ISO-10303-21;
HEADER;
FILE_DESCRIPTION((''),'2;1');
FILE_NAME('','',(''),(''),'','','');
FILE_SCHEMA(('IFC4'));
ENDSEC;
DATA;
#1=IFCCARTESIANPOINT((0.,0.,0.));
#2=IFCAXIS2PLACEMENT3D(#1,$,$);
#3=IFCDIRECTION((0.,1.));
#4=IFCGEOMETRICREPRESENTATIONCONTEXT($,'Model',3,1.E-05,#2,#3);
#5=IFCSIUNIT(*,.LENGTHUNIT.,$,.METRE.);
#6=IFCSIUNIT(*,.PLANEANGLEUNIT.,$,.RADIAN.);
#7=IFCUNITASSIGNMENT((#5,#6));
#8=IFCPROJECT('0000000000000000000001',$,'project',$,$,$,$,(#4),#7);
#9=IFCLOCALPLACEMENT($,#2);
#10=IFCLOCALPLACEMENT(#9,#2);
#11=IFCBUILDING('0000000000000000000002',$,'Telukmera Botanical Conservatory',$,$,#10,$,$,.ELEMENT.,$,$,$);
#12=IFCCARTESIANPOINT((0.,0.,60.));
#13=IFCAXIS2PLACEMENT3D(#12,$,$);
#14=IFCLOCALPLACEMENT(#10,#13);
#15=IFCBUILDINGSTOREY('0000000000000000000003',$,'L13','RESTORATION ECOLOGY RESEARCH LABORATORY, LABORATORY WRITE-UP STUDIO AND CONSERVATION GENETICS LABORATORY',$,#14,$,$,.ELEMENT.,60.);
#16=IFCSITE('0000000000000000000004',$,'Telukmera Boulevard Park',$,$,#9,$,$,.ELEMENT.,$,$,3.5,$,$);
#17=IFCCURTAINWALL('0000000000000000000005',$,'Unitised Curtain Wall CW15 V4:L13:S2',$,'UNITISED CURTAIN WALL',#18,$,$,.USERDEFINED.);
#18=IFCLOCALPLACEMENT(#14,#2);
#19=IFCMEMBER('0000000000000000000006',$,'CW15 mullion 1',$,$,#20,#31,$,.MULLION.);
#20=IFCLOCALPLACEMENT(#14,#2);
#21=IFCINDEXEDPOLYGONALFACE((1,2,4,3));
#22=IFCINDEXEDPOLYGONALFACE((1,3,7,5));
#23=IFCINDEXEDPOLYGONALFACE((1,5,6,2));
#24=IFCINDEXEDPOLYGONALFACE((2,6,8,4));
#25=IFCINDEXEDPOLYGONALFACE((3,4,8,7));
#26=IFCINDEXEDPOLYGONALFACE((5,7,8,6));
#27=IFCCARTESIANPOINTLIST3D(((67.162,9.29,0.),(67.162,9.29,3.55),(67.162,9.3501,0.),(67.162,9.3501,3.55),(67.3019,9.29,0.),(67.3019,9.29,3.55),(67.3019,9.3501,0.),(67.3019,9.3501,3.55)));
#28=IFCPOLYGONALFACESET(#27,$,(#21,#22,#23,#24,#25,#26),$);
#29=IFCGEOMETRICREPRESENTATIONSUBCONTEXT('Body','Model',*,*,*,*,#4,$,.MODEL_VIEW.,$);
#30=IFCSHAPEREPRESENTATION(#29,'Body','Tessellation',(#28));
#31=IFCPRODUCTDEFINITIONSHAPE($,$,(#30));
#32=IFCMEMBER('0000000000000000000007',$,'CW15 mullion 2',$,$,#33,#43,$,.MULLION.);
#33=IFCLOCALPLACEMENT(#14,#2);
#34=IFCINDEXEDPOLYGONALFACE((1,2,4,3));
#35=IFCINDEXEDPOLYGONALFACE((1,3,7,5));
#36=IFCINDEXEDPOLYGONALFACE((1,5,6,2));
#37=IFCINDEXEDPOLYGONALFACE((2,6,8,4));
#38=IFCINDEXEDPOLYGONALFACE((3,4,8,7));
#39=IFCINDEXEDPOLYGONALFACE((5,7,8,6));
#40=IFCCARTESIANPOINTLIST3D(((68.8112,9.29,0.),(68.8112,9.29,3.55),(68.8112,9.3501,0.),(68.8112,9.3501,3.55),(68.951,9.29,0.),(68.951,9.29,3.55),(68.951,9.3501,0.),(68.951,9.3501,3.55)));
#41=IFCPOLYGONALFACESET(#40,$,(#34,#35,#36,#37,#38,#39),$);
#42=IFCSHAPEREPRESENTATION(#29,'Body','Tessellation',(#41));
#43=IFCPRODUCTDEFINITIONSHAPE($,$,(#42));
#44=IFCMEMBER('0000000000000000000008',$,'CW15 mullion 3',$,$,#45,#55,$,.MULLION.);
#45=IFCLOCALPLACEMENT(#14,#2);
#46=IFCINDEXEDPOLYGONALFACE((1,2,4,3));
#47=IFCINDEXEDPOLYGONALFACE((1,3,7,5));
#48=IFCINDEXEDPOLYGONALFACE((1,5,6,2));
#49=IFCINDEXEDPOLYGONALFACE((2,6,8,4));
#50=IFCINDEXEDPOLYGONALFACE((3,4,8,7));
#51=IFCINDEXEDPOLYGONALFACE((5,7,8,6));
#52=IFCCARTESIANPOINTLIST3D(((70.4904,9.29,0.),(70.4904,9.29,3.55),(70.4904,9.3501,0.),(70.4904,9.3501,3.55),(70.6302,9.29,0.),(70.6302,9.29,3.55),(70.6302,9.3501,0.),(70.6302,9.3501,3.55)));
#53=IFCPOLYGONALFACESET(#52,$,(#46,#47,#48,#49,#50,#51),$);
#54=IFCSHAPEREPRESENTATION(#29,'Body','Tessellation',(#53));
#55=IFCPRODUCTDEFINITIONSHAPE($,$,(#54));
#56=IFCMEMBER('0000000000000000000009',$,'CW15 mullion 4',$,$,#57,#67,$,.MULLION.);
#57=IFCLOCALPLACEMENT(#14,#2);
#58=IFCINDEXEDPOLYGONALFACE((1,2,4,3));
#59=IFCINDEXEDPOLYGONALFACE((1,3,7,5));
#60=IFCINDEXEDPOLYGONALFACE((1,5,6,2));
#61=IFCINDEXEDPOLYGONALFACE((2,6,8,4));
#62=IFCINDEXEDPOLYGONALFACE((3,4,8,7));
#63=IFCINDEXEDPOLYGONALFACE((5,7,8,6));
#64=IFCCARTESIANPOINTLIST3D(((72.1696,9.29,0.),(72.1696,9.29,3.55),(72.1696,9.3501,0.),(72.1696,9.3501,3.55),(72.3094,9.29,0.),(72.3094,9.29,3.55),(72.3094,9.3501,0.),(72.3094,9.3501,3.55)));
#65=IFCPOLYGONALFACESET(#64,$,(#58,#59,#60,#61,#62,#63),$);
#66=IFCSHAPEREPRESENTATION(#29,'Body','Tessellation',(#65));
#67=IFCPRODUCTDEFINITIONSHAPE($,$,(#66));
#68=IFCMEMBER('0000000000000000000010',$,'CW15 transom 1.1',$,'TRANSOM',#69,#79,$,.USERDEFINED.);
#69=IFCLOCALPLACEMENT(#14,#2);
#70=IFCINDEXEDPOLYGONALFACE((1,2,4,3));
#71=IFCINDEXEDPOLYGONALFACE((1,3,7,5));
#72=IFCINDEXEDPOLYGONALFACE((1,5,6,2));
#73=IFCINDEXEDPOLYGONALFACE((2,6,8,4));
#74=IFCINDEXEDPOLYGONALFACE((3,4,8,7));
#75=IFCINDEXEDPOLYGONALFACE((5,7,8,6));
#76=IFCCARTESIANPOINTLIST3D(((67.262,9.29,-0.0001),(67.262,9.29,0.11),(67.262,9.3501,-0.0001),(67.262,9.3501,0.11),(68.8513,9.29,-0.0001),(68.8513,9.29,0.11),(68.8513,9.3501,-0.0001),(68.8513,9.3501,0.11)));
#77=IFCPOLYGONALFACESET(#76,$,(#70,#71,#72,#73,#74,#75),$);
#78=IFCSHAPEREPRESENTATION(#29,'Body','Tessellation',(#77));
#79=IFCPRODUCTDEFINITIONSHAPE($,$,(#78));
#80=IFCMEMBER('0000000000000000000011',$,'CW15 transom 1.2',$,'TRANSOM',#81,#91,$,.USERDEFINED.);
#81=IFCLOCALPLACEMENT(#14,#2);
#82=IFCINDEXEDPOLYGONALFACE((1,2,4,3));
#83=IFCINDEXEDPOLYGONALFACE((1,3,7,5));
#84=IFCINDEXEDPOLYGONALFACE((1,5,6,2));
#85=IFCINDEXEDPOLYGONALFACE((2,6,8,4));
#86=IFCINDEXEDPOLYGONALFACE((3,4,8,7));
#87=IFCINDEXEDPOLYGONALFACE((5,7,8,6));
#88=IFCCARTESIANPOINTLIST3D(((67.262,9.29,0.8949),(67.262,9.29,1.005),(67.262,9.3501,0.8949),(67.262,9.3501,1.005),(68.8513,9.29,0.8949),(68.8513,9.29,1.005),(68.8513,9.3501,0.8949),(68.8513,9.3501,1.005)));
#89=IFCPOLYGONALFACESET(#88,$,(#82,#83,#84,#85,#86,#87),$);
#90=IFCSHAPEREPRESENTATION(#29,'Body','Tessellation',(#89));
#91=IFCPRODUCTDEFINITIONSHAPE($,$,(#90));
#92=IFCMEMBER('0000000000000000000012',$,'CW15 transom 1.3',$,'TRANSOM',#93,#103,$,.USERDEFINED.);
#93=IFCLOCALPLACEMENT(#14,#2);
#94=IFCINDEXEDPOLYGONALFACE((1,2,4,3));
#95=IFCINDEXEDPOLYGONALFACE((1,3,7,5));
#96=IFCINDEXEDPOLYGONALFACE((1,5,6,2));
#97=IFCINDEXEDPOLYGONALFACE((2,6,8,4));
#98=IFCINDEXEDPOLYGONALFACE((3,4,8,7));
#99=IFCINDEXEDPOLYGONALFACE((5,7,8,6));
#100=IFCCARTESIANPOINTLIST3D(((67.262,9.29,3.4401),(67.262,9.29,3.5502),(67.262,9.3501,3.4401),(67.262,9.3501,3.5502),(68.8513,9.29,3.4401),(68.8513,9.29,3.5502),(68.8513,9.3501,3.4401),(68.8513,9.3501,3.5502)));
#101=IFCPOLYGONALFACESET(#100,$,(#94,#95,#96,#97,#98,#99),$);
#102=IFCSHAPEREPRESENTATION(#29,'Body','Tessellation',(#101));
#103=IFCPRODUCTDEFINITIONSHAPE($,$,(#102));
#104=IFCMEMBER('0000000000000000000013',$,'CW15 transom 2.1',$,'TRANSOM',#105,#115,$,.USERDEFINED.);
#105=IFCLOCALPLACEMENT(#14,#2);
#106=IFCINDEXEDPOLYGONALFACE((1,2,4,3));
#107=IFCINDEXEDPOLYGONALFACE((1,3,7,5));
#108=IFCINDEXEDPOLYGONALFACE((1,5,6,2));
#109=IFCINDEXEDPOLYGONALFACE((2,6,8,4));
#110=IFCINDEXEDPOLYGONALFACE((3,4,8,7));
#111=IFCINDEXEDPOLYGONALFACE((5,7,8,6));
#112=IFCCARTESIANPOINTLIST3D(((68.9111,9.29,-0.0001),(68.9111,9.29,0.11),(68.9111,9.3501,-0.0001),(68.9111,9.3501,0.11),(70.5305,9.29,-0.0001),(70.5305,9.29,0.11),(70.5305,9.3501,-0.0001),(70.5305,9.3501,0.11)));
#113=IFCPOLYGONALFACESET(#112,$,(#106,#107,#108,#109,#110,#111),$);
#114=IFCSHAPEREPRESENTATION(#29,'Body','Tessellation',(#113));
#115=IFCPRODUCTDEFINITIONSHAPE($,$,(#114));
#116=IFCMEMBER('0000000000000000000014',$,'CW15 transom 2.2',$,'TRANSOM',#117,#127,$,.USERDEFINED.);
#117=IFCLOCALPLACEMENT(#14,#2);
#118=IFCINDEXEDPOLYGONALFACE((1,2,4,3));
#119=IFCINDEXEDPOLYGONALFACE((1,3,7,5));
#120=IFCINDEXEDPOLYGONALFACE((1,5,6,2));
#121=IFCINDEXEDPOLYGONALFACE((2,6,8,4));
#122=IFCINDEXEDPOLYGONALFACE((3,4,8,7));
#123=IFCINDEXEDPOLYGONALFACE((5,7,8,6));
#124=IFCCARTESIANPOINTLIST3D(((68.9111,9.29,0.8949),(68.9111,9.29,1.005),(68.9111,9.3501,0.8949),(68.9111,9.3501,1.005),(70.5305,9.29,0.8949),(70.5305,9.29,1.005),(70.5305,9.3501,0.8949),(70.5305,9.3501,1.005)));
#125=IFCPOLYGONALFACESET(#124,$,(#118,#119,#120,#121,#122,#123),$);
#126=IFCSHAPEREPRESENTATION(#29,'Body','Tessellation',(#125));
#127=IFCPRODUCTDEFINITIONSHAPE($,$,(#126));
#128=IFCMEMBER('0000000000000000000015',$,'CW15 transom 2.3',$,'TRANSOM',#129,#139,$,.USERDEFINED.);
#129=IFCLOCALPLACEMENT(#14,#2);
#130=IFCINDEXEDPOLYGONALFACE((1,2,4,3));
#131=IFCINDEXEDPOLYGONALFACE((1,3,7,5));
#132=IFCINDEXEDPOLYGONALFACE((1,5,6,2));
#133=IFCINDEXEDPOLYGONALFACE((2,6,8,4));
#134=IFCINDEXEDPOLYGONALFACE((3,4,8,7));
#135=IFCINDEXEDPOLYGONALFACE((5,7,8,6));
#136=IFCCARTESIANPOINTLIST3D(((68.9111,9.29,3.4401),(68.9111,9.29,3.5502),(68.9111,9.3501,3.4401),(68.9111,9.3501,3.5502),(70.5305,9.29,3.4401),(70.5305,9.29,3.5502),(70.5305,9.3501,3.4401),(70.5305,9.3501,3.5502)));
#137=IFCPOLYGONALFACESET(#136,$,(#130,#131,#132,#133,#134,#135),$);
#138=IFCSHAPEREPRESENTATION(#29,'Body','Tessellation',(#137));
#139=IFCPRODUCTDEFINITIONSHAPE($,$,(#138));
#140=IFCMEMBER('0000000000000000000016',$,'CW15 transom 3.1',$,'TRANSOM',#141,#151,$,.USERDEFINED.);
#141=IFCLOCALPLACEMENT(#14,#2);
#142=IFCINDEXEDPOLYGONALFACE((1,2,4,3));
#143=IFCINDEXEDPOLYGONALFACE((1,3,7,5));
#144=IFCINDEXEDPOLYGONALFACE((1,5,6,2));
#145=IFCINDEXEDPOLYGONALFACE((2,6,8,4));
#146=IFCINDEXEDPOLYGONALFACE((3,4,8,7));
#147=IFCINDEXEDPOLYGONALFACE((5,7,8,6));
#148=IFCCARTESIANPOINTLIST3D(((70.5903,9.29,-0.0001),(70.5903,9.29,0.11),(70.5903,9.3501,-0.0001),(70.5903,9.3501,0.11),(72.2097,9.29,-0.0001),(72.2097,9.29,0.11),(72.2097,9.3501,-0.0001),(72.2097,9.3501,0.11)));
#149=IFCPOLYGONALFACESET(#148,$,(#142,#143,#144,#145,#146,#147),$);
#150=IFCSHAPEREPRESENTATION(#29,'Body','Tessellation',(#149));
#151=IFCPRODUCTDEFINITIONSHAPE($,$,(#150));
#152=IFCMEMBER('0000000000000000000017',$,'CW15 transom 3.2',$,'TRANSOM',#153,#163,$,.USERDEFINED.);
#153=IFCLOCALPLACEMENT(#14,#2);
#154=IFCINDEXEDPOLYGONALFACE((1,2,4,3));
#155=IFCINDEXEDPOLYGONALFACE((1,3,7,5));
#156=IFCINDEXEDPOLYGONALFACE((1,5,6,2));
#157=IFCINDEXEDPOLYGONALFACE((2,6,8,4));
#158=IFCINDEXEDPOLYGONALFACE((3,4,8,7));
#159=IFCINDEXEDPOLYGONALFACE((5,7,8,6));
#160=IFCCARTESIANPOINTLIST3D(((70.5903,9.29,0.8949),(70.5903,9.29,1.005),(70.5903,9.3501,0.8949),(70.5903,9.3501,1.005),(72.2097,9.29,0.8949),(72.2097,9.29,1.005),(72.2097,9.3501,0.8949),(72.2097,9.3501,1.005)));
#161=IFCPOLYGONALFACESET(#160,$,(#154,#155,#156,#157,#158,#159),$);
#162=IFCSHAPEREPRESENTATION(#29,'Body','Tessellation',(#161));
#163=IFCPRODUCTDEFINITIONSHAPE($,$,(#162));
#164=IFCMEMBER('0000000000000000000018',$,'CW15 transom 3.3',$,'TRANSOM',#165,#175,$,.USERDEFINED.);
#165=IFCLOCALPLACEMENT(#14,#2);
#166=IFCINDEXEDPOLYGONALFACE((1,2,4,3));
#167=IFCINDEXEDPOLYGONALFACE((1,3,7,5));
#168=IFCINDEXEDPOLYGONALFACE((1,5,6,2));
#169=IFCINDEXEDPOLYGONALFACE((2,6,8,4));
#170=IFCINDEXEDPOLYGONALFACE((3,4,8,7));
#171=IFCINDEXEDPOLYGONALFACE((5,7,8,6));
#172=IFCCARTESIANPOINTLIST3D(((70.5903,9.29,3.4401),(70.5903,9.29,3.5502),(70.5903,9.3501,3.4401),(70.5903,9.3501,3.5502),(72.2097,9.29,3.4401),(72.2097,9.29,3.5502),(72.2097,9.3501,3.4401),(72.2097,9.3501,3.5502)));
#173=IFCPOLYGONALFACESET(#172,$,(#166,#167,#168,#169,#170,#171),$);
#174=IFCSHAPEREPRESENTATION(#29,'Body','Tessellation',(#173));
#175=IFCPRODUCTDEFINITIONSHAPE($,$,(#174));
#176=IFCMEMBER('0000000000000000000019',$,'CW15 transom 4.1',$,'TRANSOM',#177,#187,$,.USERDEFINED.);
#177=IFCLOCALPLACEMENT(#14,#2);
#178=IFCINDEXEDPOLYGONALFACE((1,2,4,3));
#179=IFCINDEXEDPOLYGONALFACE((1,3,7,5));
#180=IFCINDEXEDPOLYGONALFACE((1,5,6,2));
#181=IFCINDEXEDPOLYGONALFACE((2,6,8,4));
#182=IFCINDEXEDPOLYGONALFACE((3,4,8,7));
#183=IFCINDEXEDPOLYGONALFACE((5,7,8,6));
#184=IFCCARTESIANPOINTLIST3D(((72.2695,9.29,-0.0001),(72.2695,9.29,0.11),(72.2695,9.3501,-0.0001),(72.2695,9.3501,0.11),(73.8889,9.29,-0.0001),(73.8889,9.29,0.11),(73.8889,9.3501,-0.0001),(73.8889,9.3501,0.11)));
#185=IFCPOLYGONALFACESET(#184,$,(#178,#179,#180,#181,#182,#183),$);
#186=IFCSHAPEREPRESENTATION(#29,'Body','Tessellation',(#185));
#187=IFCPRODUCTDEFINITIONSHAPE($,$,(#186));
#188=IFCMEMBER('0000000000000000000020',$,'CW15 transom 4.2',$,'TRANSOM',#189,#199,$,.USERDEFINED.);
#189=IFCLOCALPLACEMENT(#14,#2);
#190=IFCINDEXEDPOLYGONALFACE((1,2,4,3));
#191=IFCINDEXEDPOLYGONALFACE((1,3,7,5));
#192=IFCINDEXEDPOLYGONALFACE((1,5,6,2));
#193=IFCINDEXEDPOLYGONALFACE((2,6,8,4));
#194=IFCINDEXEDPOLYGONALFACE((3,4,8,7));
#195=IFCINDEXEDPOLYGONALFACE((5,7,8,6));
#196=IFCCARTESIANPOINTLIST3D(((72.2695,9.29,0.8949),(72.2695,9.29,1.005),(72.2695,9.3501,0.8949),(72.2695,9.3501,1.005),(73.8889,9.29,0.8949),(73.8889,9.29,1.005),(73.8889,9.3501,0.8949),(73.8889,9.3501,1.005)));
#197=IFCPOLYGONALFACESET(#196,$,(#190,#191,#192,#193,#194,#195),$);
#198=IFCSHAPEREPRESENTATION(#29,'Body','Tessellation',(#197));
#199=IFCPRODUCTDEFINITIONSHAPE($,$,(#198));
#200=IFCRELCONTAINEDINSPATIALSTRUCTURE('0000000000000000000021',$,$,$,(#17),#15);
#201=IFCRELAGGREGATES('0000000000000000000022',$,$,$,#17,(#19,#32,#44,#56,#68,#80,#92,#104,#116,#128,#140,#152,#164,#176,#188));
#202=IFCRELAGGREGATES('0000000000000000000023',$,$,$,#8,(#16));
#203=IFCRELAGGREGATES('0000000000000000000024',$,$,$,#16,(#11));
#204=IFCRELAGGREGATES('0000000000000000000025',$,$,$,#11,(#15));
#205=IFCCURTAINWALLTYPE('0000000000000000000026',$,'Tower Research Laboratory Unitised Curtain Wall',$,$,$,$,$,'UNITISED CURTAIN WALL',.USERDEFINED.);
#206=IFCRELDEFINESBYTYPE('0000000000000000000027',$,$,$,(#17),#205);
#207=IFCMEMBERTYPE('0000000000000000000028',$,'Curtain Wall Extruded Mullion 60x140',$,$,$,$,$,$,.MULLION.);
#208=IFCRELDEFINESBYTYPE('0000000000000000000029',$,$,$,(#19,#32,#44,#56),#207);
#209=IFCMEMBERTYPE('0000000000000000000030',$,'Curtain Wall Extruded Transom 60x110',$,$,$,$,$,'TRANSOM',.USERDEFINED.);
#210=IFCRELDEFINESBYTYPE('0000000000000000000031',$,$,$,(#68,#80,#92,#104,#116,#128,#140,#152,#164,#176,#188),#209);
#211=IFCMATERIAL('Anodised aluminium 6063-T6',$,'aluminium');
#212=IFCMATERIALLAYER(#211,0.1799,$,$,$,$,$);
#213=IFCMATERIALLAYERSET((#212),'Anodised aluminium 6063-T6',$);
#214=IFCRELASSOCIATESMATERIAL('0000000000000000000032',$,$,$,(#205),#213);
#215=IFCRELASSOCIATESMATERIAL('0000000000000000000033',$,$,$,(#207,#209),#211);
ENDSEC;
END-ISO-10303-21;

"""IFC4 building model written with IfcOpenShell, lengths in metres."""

from ifc_helpers import new_model, si_unit, direction, frame, origin, origin_2d, place, context, subcontext, project, spatial, rectangle, extrude, material, layer, layer_set, material_profile, profile_set, type_object, element, aggregate, save


model = new_model("IFC4")

# Units and contexts
model_context = context("Model", 3, precision=1e-05, world=origin(), true_north=direction((0.0, 1.0)))
body_context = subcontext(model_context, "Body", "Model", "MODEL_VIEW")
ifc_project = project(units=[si_unit("LENGTHUNIT", "METRE"), si_unit("PLANEANGLEUNIT", "RADIAN")], contexts=[model_context])

# Site, building, storey
site_placement = place(None, origin())
site = spatial("IfcSite", under=ifc_project, at=site_placement, Name="Telukmera Boulevard Park", CompositionType="ELEMENT", RefElevation=3.5)
building_placement = place(site_placement, origin())
building = spatial("IfcBuilding", under=site, at=building_placement, Name="Telukmera Botanical Conservatory", CompositionType="ELEMENT")
storey_placement = place(building_placement, frame((0.0, 0.0, 60.0)))
storey = spatial("IfcBuildingStorey", under=building, at=storey_placement, Name="L13", Description="RESTORATION ECOLOGY RESEARCH LABORATORY, LABORATORY WRITE-UP STUDIO AND CONSERVATION GENETICS LABORATORY", CompositionType="ELEMENT", Elevation=60.0)

# Curtain wall, members
ifc_material_1 = material(Name="Anodised aluminium 6063-T6", Category="aluminium")
ifc_layer_1 = layer(ifc_material_1, 0.1799)
ifc_layer_set_1 = layer_set([ifc_layer_1], Name="Anodised aluminium 6063-T6")
curtain_wall_type = type_object("IfcCurtainWallType", Name="Tower Research Laboratory Unitised Curtain Wall", ElementType="UNITISED CURTAIN WALL", PredefinedType="USERDEFINED", material=ifc_layer_set_1)
curtain_wall_placement = place(storey_placement, origin())
curtain_wall = element("IfcCurtainWall", 1, at=curtain_wall_placement, inside=storey, type_object=curtain_wall_type, Name="Unitised Curtain Wall CW15 V4:L13:S2", ObjectType="UNITISED CURTAIN WALL", PredefinedType="USERDEFINED")
ifc_material_profile_1 = material_profile(ifc_material_1, rectangle(XDim=0.0601, YDim=0.1399, at=origin_2d()), Name="ALU MULL 60x140")
ifc_profile_set_1 = profile_set([ifc_material_profile_1], Name="Anodised aluminium 6063-T6")
member_type_1 = type_object("IfcMemberType", Name="Curtain Wall Extruded Mullion 60x140", PredefinedType="MULLION", material=ifc_profile_set_1)
member_1_placement = place(storey_placement, frame((67.2319, 9.3201, 0.0), z_axis=(0.0, 0.0, 1.0), x_axis=(0.0, 1.0, 0.0)))
member_1 = element("IfcMember", 2, at=member_1_placement, type_object=member_type_1, Name="CW15 mullion 1", PredefinedType="MULLION", context=body_context, shape_type="SweptSolid", body=[
    extrude(rectangle(XDim=0.0601, YDim=0.1399, at=origin_2d()), origin(), (0.0, 0.0, 1.0), 3.55),
])
member_2_placement = place(storey_placement, frame((68.8811, 9.3201, 0.0), z_axis=(0.0, 0.0, 1.0), x_axis=(0.0, 1.0, 0.0)))
member_2 = element("IfcMember", 3, at=member_2_placement, type_object=member_type_1, Name="CW15 mullion 2", PredefinedType="MULLION", context=body_context, shape_type="SweptSolid", body=[
    extrude(rectangle(XDim=0.0601, YDim=0.1399, at=origin_2d()), origin(), (0.0, 0.0, 1.0), 3.55),
])
member_3_placement = place(storey_placement, frame((70.5603, 9.3201, 0.0), z_axis=(0.0, 0.0, 1.0), x_axis=(0.0, 1.0, 0.0)))
member_3 = element("IfcMember", 4, at=member_3_placement, type_object=member_type_1, Name="CW15 mullion 3", PredefinedType="MULLION", context=body_context, shape_type="SweptSolid", body=[
    extrude(rectangle(XDim=0.0601, YDim=0.1399, at=origin_2d()), origin(), (0.0, 0.0, 1.0), 3.55),
])
member_4_placement = place(storey_placement, frame((72.2395, 9.3201, 0.0), z_axis=(0.0, 0.0, 1.0), x_axis=(0.0, 1.0, 0.0)))
member_4 = element("IfcMember", 5, at=member_4_placement, type_object=member_type_1, Name="CW15 mullion 4", PredefinedType="MULLION", context=body_context, shape_type="SweptSolid", body=[
    extrude(rectangle(XDim=0.0601, YDim=0.1399, at=origin_2d()), origin(), (0.0, 0.0, 1.0), 3.55),
])
ifc_material_profile_2 = material_profile(ifc_material_1, rectangle(XDim=0.0601, YDim=0.1101, at=origin_2d()), Name="ALU TRAN 60x110")
ifc_profile_set_2 = profile_set([ifc_material_profile_2], Name="Anodised aluminium 6063-T6")
member_type_2 = type_object("IfcMemberType", Name="Curtain Wall Extruded Transom 60x110", ElementType="TRANSOM", PredefinedType="USERDEFINED", material=ifc_profile_set_2)
member_5_placement = place(storey_placement, frame((67.262, 9.3201, 0.0549), z_axis=(1.0, 0.0, 0.0), x_axis=(0.0, 1.0, 0.0)))
member_5 = element("IfcMember", 6, at=member_5_placement, type_object=member_type_2, Name="CW15 transom 1.1", ObjectType="TRANSOM", PredefinedType="USERDEFINED", context=body_context, shape_type="SweptSolid", body=[
    extrude(rectangle(XDim=0.0601, YDim=0.1101, at=origin_2d()), origin(), (0.0, 0.0, 1.0), 1.5894),
])
member_6_placement = place(storey_placement, frame((67.262, 9.3201, 0.95), z_axis=(1.0, 0.0, 0.0), x_axis=(0.0, 1.0, 0.0)))
member_6 = element("IfcMember", 7, at=member_6_placement, type_object=member_type_2, Name="CW15 transom 1.2", ObjectType="TRANSOM", PredefinedType="USERDEFINED", context=body_context, shape_type="SweptSolid", body=[
    extrude(rectangle(XDim=0.0601, YDim=0.1101, at=origin_2d()), origin(), (0.0, 0.0, 1.0), 1.5894),
])
member_7_placement = place(storey_placement, frame((67.262, 9.3201, 3.4951), z_axis=(1.0, 0.0, 0.0), x_axis=(0.0, 1.0, 0.0)))
member_7 = element("IfcMember", 8, at=member_7_placement, type_object=member_type_2, Name="CW15 transom 1.3", ObjectType="TRANSOM", PredefinedType="USERDEFINED", context=body_context, shape_type="SweptSolid", body=[
    extrude(rectangle(XDim=0.0601, YDim=0.1101, at=origin_2d()), origin(), (0.0, 0.0, 1.0), 1.5894),
])
member_8_placement = place(storey_placement, frame((68.9111, 9.3201, 0.0549), z_axis=(1.0, 0.0, 0.0), x_axis=(0.0, 1.0, 0.0)))
member_8 = element("IfcMember", 9, at=member_8_placement, type_object=member_type_2, Name="CW15 transom 2.1", ObjectType="TRANSOM", PredefinedType="USERDEFINED", context=body_context, shape_type="SweptSolid", body=[
    extrude(rectangle(XDim=0.0601, YDim=0.1101, at=origin_2d()), origin(), (0.0, 0.0, 1.0), 1.6194),
])
member_9_placement = place(storey_placement, frame((68.9111, 9.3201, 0.95), z_axis=(1.0, 0.0, 0.0), x_axis=(0.0, 1.0, 0.0)))
member_9 = element("IfcMember", 10, at=member_9_placement, type_object=member_type_2, Name="CW15 transom 2.2", ObjectType="TRANSOM", PredefinedType="USERDEFINED", context=body_context, shape_type="SweptSolid", body=[
    extrude(rectangle(XDim=0.0601, YDim=0.1101, at=origin_2d()), origin(), (0.0, 0.0, 1.0), 1.6194),
])
member_10_placement = place(storey_placement, frame((68.9111, 9.3201, 3.4951), z_axis=(1.0, 0.0, 0.0), x_axis=(0.0, 1.0, 0.0)))
member_10 = element("IfcMember", 11, at=member_10_placement, type_object=member_type_2, Name="CW15 transom 2.3", ObjectType="TRANSOM", PredefinedType="USERDEFINED", context=body_context, shape_type="SweptSolid", body=[
    extrude(rectangle(XDim=0.0601, YDim=0.1101, at=origin_2d()), origin(), (0.0, 0.0, 1.0), 1.6194),
])
member_11_placement = place(storey_placement, frame((70.5903, 9.3201, 0.0549), z_axis=(1.0, 0.0, 0.0), x_axis=(0.0, 1.0, 0.0)))
member_11 = element("IfcMember", 12, at=member_11_placement, type_object=member_type_2, Name="CW15 transom 3.1", ObjectType="TRANSOM", PredefinedType="USERDEFINED", context=body_context, shape_type="SweptSolid", body=[
    extrude(rectangle(XDim=0.0601, YDim=0.1101, at=origin_2d()), origin(), (0.0, 0.0, 1.0), 1.6194),
])
member_12_placement = place(storey_placement, frame((70.5903, 9.3201, 0.95), z_axis=(1.0, 0.0, 0.0), x_axis=(0.0, 1.0, 0.0)))
member_12 = element("IfcMember", 13, at=member_12_placement, type_object=member_type_2, Name="CW15 transom 3.2", ObjectType="TRANSOM", PredefinedType="USERDEFINED", context=body_context, shape_type="SweptSolid", body=[
    extrude(rectangle(XDim=0.0601, YDim=0.1101, at=origin_2d()), origin(), (0.0, 0.0, 1.0), 1.6194),
])
member_13_placement = place(storey_placement, frame((70.5903, 9.3201, 3.4951), z_axis=(1.0, 0.0, 0.0), x_axis=(0.0, 1.0, 0.0)))
member_13 = element("IfcMember", 14, at=member_13_placement, type_object=member_type_2, Name="CW15 transom 3.3", ObjectType="TRANSOM", PredefinedType="USERDEFINED", context=body_context, shape_type="SweptSolid", body=[
    extrude(rectangle(XDim=0.0601, YDim=0.1101, at=origin_2d()), origin(), (0.0, 0.0, 1.0), 1.6194),
])
member_14_placement = place(storey_placement, frame((72.2695, 9.3201, 0.0549), z_axis=(1.0, 0.0, 0.0), x_axis=(0.0, 1.0, 0.0)))
member_14 = element("IfcMember", 15, at=member_14_placement, type_object=member_type_2, Name="CW15 transom 4.1", ObjectType="TRANSOM", PredefinedType="USERDEFINED", context=body_context, shape_type="SweptSolid", body=[
    extrude(rectangle(XDim=0.0601, YDim=0.1101, at=origin_2d()), origin(), (0.0, 0.0, 1.0), 1.6194),
])
member_15_placement = place(storey_placement, frame((72.2695, 9.3201, 0.95), z_axis=(1.0, 0.0, 0.0), x_axis=(0.0, 1.0, 0.0)))
member_15 = element("IfcMember", 16, at=member_15_placement, type_object=member_type_2, Name="CW15 transom 4.2", ObjectType="TRANSOM", PredefinedType="USERDEFINED", context=body_context, shape_type="SweptSolid", body=[
    extrude(rectangle(XDim=0.0601, YDim=0.1101, at=origin_2d()), origin(), (0.0, 0.0, 1.0), 1.6194),
])
aggregate(curtain_wall, [member_1, member_2, member_3, member_4, member_5, member_6, member_7, member_8, member_9, member_10, member_11, member_12, member_13, member_14, member_15])

save(model, "model.ifc")
